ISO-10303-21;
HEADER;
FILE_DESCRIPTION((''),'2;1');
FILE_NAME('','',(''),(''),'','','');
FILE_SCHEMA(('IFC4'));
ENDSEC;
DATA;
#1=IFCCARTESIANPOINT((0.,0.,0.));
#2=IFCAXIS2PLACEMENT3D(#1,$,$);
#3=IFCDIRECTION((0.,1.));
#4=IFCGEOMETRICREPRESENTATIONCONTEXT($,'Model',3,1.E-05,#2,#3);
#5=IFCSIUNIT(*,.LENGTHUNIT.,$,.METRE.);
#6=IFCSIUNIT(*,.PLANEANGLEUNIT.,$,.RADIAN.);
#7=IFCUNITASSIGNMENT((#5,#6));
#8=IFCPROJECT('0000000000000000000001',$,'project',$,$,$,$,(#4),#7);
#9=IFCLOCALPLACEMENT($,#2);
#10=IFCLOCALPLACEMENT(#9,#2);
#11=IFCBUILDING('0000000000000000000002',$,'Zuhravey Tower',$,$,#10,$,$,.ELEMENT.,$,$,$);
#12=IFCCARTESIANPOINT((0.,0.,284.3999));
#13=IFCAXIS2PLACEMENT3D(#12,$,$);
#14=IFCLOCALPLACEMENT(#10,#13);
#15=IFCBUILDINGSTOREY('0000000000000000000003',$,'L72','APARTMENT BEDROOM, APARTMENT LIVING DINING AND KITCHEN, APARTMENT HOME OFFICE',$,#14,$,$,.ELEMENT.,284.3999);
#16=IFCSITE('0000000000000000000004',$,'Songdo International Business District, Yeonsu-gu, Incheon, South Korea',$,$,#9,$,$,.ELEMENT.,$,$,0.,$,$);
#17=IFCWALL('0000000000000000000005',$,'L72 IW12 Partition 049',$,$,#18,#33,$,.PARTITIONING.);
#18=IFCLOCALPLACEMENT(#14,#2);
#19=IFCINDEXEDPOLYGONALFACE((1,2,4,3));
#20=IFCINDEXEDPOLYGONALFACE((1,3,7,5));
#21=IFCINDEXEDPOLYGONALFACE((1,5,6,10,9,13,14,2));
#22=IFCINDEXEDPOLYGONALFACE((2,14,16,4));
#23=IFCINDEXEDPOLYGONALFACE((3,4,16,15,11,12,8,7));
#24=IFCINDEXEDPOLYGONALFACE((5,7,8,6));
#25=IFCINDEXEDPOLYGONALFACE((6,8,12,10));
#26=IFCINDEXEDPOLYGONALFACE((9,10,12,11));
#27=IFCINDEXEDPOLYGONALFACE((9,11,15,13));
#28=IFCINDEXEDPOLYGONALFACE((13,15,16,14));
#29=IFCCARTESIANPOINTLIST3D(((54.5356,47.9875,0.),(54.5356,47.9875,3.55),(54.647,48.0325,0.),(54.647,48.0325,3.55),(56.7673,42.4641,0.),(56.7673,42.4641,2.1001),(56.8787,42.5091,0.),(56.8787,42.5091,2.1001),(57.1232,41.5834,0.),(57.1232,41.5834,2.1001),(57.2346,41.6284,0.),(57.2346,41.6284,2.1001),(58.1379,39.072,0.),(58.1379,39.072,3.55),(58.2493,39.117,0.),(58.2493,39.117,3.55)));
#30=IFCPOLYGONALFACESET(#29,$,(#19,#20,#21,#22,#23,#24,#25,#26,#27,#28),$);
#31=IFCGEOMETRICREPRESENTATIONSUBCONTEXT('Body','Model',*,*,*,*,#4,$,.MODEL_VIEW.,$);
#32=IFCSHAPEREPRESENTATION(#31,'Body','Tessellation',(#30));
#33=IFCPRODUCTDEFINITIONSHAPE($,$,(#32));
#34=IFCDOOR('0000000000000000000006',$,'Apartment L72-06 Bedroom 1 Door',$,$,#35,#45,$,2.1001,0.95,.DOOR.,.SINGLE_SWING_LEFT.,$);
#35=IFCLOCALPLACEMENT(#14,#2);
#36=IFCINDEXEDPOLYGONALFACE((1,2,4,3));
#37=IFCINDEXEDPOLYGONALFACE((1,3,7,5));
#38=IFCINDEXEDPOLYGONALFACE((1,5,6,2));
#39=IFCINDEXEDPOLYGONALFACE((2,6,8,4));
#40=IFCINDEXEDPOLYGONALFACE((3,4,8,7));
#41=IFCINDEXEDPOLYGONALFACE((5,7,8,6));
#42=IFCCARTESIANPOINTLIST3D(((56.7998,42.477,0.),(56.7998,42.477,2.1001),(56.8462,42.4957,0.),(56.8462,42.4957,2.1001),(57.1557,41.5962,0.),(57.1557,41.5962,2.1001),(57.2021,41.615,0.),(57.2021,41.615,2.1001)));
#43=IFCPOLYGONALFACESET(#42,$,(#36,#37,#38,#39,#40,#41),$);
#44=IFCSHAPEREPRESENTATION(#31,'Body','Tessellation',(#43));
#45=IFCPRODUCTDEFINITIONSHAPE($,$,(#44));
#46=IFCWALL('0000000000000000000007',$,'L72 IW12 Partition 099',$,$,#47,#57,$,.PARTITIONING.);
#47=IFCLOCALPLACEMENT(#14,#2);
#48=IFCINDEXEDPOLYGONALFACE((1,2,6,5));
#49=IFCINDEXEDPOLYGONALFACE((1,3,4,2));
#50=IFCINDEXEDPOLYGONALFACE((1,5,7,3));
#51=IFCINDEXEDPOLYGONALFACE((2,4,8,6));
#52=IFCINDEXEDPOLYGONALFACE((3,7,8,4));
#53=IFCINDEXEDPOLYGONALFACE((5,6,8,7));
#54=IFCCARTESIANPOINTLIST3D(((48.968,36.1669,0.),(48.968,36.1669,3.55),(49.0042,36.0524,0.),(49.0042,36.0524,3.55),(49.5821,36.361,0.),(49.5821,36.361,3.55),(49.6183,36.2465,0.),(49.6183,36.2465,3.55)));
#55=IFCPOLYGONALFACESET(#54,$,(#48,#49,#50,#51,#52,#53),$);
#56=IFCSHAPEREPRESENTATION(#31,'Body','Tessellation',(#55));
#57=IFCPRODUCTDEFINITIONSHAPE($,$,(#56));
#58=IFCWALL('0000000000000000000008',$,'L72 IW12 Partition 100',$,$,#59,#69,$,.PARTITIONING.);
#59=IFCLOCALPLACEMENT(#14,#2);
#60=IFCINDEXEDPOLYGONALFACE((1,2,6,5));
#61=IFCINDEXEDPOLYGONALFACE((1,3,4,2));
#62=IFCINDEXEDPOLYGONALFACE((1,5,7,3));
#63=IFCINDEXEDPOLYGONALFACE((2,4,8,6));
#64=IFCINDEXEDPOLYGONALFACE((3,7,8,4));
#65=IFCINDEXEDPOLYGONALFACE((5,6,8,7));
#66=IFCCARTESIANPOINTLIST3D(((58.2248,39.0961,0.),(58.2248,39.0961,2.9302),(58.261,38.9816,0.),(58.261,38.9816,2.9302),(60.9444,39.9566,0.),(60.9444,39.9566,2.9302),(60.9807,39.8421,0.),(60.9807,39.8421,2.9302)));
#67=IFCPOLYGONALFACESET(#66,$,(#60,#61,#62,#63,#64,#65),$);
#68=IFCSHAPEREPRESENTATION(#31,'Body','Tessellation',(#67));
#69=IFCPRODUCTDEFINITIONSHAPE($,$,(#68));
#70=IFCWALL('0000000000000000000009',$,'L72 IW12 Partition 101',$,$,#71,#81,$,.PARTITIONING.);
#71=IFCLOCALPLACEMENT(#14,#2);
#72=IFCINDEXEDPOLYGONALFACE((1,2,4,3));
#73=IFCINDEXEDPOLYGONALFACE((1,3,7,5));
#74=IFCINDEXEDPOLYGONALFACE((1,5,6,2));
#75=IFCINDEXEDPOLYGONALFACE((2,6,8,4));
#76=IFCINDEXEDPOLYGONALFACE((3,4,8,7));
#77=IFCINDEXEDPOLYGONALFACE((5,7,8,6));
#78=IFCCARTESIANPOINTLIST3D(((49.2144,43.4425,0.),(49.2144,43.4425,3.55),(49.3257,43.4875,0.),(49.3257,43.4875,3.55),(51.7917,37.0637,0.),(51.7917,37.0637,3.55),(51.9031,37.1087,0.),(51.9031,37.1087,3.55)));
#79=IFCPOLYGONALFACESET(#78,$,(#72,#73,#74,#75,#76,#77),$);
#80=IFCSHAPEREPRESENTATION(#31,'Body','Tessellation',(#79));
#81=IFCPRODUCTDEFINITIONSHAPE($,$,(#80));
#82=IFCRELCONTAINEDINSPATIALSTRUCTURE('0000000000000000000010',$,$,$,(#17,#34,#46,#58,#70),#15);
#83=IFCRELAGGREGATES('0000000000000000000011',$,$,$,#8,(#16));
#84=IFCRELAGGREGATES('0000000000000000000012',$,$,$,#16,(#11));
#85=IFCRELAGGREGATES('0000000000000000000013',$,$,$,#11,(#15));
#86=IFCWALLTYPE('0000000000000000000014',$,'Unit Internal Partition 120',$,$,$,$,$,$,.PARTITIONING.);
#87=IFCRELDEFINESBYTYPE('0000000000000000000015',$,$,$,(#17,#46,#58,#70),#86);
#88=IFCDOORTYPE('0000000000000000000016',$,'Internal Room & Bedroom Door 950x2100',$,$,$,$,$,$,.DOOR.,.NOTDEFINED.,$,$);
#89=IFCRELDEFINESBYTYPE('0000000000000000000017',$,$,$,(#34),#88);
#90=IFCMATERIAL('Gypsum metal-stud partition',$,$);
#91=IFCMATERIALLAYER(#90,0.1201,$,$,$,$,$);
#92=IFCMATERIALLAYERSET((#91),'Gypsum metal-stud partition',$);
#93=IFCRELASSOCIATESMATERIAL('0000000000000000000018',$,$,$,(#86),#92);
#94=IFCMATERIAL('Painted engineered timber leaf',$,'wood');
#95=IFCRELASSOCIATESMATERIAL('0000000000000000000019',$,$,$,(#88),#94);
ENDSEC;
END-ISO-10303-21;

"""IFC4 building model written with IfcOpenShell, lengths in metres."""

from ifc_helpers import new_model, si_unit, direction, frame, frame_2d, origin, place, context, subcontext, project, spatial, rectangle, extrude, material, layer, layer_set, type_object, element, fill, save


model = new_model("IFC4")

# Units and contexts
model_context = context("Model", 3, precision=1e-05, world=origin(), true_north=direction((0.0, 1.0)))
body_context = subcontext(model_context, "Body", "Model", "MODEL_VIEW")
ifc_project = project(units=[si_unit("LENGTHUNIT", "METRE"), si_unit("PLANEANGLEUNIT", "RADIAN")], contexts=[model_context])

# Site, building, storey
site_placement = place(None, origin())
site = spatial("IfcSite", under=ifc_project, at=site_placement, Name="Songdo International Business District, Yeonsu-gu, Incheon, South Korea", CompositionType="ELEMENT", RefElevation=0.0)
building_placement = place(site_placement, origin())
building = spatial("IfcBuilding", under=site, at=building_placement, Name="Zuhravey Tower", CompositionType="ELEMENT")
storey_placement = place(building_placement, frame((0.0, 0.0, 284.3999)))
storey = spatial("IfcBuildingStorey", under=building, at=storey_placement, Name="L72", Description="APARTMENT BEDROOM, APARTMENT LIVING DINING AND KITCHEN, APARTMENT HOME OFFICE", CompositionType="ELEMENT", Elevation=284.3999)

# Wall, opening, door
ifc_material_1 = material(Name="Gypsum metal-stud partition")
ifc_layer_1 = layer(ifc_material_1, 0.1201)
ifc_layer_set_1 = layer_set([ifc_layer_1], Name="Gypsum metal-stud partition")
wall_type_1 = type_object("IfcWallType", Name="Unit Internal Partition 120", PredefinedType="PARTITIONING", material=ifc_layer_set_1)
ifc_material_2 = material(Name="Painted engineered timber leaf", Category="wood")
door_type_1 = type_object("IfcDoorType", Name="Internal Room & Bedroom Door 950x2100", OperationType="NOTDEFINED", PredefinedType="DOOR", material=ifc_material_2)
wall_1_placement = place(storey_placement, frame((58.1936, 39.0945, 0.0), z_axis=(0.0, 0.0, 1.0), x_axis=(-0.374623, 0.927177, 0.0)))
wall_1 = element("IfcWall", 1, at=wall_1_placement, inside=storey, type_object=wall_type_1, Name="L72 IW12 Partition 049", PredefinedType="PARTITIONING", context=body_context, shape_type="SweptSolid", body=[
    extrude(rectangle(XDim=9.6157, YDim=0.1201, at=frame_2d((4.8079, 0.0))), origin(), (0.0, 0.0, 1.0), 3.55),
])
opening_1_placement = place(wall_1_placement, frame((2.7085, 0.0, 0.0)))
opening_1 = element("IfcOpeningElement", 2, at=opening_1_placement, cuts=wall_1, PredefinedType="OPENING", context=body_context, shape_type="SweptSolid", body=[
    extrude(rectangle(XDim=0.95, YDim=2.1001, at=frame_2d((0.4751, 1.05))), frame((0.0, 0.072, 0.0), z_axis=(0.0, -1.0, 0.0), x_axis=(1.0, 0.0, 0.0)), (0.0, 0.0, 1.0), 0.144),
])
door_1_placement = place(opening_1_placement, frame((0.95, 0.0, 0.0), z_axis=(0.0, 0.0, 1.0), x_axis=(-1.0, 0.0, 0.0)))
door_1 = element("IfcDoor", 3, at=door_1_placement, inside=storey, type_object=door_type_1, Name="Apartment L72-06 Bedroom 1 Door", OperationType="SINGLE_SWING_LEFT", OverallHeight=2.1001, OverallWidth=0.95, PredefinedType="DOOR", context=body_context, shape_type="SweptSolid", body=[
    extrude(rectangle(XDim=0.95, YDim=2.1001, at=frame_2d((0.4751, 1.05))), frame((0.0, 0.0249, 0.0), z_axis=(0.0, -1.0, 0.0), x_axis=(1.0, 0.0, 0.0)), (0.0, 0.0, 1.0), 0.05),
])
fill(opening_1, door_1)

# Walls
wall_2_placement = place(storey_placement, frame((48.9861, 36.1096, 0.0), z_axis=(0.0, 0.0, 1.0), x_axis=(0.953497, 0.301404, 0.0)))
element("IfcWall", 4, at=wall_2_placement, inside=storey, type_object=wall_type_1, Name="L72 IW12 Partition 099", PredefinedType="PARTITIONING", context=body_context, shape_type="SweptSolid", body=[
    extrude(rectangle(XDim=0.644, YDim=0.1201, at=frame_2d((0.322, 0.0))), origin(), (0.0, 0.0, 1.0), 3.55),
])
wall_3_placement = place(storey_placement, frame((58.2429, 39.0388, 0.0), z_axis=(0.0, 0.0, 1.0), x_axis=(0.953408, 0.301684, 0.0)))
element("IfcWall", 5, at=wall_3_placement, inside=storey, type_object=wall_type_1, Name="L72 IW12 Partition 100", PredefinedType="PARTITIONING", context=body_context, shape_type="SweptSolid", body=[
    extrude(rectangle(XDim=2.8525, YDim=0.1201, at=frame_2d((1.4263, 0.0))), origin(), (0.0, 0.0, 1.0), 2.9302),
])
wall_4_placement = place(storey_placement, frame((51.8474, 37.0862, 0.0), z_axis=(0.0, 0.0, 1.0), x_axis=(-0.374625, 0.927176, 0.0)))
element("IfcWall", 6, at=wall_4_placement, inside=storey, type_object=wall_type_1, Name="L72 IW12 Partition 101", PredefinedType="PARTITIONING", context=body_context, shape_type="SweptSolid", body=[
    extrude(rectangle(XDim=6.8799, YDim=0.1201, at=frame_2d((3.4399, 0.0))), origin(), (0.0, 0.0, 1.0), 3.55),
])

save(model, "model.ifc")
